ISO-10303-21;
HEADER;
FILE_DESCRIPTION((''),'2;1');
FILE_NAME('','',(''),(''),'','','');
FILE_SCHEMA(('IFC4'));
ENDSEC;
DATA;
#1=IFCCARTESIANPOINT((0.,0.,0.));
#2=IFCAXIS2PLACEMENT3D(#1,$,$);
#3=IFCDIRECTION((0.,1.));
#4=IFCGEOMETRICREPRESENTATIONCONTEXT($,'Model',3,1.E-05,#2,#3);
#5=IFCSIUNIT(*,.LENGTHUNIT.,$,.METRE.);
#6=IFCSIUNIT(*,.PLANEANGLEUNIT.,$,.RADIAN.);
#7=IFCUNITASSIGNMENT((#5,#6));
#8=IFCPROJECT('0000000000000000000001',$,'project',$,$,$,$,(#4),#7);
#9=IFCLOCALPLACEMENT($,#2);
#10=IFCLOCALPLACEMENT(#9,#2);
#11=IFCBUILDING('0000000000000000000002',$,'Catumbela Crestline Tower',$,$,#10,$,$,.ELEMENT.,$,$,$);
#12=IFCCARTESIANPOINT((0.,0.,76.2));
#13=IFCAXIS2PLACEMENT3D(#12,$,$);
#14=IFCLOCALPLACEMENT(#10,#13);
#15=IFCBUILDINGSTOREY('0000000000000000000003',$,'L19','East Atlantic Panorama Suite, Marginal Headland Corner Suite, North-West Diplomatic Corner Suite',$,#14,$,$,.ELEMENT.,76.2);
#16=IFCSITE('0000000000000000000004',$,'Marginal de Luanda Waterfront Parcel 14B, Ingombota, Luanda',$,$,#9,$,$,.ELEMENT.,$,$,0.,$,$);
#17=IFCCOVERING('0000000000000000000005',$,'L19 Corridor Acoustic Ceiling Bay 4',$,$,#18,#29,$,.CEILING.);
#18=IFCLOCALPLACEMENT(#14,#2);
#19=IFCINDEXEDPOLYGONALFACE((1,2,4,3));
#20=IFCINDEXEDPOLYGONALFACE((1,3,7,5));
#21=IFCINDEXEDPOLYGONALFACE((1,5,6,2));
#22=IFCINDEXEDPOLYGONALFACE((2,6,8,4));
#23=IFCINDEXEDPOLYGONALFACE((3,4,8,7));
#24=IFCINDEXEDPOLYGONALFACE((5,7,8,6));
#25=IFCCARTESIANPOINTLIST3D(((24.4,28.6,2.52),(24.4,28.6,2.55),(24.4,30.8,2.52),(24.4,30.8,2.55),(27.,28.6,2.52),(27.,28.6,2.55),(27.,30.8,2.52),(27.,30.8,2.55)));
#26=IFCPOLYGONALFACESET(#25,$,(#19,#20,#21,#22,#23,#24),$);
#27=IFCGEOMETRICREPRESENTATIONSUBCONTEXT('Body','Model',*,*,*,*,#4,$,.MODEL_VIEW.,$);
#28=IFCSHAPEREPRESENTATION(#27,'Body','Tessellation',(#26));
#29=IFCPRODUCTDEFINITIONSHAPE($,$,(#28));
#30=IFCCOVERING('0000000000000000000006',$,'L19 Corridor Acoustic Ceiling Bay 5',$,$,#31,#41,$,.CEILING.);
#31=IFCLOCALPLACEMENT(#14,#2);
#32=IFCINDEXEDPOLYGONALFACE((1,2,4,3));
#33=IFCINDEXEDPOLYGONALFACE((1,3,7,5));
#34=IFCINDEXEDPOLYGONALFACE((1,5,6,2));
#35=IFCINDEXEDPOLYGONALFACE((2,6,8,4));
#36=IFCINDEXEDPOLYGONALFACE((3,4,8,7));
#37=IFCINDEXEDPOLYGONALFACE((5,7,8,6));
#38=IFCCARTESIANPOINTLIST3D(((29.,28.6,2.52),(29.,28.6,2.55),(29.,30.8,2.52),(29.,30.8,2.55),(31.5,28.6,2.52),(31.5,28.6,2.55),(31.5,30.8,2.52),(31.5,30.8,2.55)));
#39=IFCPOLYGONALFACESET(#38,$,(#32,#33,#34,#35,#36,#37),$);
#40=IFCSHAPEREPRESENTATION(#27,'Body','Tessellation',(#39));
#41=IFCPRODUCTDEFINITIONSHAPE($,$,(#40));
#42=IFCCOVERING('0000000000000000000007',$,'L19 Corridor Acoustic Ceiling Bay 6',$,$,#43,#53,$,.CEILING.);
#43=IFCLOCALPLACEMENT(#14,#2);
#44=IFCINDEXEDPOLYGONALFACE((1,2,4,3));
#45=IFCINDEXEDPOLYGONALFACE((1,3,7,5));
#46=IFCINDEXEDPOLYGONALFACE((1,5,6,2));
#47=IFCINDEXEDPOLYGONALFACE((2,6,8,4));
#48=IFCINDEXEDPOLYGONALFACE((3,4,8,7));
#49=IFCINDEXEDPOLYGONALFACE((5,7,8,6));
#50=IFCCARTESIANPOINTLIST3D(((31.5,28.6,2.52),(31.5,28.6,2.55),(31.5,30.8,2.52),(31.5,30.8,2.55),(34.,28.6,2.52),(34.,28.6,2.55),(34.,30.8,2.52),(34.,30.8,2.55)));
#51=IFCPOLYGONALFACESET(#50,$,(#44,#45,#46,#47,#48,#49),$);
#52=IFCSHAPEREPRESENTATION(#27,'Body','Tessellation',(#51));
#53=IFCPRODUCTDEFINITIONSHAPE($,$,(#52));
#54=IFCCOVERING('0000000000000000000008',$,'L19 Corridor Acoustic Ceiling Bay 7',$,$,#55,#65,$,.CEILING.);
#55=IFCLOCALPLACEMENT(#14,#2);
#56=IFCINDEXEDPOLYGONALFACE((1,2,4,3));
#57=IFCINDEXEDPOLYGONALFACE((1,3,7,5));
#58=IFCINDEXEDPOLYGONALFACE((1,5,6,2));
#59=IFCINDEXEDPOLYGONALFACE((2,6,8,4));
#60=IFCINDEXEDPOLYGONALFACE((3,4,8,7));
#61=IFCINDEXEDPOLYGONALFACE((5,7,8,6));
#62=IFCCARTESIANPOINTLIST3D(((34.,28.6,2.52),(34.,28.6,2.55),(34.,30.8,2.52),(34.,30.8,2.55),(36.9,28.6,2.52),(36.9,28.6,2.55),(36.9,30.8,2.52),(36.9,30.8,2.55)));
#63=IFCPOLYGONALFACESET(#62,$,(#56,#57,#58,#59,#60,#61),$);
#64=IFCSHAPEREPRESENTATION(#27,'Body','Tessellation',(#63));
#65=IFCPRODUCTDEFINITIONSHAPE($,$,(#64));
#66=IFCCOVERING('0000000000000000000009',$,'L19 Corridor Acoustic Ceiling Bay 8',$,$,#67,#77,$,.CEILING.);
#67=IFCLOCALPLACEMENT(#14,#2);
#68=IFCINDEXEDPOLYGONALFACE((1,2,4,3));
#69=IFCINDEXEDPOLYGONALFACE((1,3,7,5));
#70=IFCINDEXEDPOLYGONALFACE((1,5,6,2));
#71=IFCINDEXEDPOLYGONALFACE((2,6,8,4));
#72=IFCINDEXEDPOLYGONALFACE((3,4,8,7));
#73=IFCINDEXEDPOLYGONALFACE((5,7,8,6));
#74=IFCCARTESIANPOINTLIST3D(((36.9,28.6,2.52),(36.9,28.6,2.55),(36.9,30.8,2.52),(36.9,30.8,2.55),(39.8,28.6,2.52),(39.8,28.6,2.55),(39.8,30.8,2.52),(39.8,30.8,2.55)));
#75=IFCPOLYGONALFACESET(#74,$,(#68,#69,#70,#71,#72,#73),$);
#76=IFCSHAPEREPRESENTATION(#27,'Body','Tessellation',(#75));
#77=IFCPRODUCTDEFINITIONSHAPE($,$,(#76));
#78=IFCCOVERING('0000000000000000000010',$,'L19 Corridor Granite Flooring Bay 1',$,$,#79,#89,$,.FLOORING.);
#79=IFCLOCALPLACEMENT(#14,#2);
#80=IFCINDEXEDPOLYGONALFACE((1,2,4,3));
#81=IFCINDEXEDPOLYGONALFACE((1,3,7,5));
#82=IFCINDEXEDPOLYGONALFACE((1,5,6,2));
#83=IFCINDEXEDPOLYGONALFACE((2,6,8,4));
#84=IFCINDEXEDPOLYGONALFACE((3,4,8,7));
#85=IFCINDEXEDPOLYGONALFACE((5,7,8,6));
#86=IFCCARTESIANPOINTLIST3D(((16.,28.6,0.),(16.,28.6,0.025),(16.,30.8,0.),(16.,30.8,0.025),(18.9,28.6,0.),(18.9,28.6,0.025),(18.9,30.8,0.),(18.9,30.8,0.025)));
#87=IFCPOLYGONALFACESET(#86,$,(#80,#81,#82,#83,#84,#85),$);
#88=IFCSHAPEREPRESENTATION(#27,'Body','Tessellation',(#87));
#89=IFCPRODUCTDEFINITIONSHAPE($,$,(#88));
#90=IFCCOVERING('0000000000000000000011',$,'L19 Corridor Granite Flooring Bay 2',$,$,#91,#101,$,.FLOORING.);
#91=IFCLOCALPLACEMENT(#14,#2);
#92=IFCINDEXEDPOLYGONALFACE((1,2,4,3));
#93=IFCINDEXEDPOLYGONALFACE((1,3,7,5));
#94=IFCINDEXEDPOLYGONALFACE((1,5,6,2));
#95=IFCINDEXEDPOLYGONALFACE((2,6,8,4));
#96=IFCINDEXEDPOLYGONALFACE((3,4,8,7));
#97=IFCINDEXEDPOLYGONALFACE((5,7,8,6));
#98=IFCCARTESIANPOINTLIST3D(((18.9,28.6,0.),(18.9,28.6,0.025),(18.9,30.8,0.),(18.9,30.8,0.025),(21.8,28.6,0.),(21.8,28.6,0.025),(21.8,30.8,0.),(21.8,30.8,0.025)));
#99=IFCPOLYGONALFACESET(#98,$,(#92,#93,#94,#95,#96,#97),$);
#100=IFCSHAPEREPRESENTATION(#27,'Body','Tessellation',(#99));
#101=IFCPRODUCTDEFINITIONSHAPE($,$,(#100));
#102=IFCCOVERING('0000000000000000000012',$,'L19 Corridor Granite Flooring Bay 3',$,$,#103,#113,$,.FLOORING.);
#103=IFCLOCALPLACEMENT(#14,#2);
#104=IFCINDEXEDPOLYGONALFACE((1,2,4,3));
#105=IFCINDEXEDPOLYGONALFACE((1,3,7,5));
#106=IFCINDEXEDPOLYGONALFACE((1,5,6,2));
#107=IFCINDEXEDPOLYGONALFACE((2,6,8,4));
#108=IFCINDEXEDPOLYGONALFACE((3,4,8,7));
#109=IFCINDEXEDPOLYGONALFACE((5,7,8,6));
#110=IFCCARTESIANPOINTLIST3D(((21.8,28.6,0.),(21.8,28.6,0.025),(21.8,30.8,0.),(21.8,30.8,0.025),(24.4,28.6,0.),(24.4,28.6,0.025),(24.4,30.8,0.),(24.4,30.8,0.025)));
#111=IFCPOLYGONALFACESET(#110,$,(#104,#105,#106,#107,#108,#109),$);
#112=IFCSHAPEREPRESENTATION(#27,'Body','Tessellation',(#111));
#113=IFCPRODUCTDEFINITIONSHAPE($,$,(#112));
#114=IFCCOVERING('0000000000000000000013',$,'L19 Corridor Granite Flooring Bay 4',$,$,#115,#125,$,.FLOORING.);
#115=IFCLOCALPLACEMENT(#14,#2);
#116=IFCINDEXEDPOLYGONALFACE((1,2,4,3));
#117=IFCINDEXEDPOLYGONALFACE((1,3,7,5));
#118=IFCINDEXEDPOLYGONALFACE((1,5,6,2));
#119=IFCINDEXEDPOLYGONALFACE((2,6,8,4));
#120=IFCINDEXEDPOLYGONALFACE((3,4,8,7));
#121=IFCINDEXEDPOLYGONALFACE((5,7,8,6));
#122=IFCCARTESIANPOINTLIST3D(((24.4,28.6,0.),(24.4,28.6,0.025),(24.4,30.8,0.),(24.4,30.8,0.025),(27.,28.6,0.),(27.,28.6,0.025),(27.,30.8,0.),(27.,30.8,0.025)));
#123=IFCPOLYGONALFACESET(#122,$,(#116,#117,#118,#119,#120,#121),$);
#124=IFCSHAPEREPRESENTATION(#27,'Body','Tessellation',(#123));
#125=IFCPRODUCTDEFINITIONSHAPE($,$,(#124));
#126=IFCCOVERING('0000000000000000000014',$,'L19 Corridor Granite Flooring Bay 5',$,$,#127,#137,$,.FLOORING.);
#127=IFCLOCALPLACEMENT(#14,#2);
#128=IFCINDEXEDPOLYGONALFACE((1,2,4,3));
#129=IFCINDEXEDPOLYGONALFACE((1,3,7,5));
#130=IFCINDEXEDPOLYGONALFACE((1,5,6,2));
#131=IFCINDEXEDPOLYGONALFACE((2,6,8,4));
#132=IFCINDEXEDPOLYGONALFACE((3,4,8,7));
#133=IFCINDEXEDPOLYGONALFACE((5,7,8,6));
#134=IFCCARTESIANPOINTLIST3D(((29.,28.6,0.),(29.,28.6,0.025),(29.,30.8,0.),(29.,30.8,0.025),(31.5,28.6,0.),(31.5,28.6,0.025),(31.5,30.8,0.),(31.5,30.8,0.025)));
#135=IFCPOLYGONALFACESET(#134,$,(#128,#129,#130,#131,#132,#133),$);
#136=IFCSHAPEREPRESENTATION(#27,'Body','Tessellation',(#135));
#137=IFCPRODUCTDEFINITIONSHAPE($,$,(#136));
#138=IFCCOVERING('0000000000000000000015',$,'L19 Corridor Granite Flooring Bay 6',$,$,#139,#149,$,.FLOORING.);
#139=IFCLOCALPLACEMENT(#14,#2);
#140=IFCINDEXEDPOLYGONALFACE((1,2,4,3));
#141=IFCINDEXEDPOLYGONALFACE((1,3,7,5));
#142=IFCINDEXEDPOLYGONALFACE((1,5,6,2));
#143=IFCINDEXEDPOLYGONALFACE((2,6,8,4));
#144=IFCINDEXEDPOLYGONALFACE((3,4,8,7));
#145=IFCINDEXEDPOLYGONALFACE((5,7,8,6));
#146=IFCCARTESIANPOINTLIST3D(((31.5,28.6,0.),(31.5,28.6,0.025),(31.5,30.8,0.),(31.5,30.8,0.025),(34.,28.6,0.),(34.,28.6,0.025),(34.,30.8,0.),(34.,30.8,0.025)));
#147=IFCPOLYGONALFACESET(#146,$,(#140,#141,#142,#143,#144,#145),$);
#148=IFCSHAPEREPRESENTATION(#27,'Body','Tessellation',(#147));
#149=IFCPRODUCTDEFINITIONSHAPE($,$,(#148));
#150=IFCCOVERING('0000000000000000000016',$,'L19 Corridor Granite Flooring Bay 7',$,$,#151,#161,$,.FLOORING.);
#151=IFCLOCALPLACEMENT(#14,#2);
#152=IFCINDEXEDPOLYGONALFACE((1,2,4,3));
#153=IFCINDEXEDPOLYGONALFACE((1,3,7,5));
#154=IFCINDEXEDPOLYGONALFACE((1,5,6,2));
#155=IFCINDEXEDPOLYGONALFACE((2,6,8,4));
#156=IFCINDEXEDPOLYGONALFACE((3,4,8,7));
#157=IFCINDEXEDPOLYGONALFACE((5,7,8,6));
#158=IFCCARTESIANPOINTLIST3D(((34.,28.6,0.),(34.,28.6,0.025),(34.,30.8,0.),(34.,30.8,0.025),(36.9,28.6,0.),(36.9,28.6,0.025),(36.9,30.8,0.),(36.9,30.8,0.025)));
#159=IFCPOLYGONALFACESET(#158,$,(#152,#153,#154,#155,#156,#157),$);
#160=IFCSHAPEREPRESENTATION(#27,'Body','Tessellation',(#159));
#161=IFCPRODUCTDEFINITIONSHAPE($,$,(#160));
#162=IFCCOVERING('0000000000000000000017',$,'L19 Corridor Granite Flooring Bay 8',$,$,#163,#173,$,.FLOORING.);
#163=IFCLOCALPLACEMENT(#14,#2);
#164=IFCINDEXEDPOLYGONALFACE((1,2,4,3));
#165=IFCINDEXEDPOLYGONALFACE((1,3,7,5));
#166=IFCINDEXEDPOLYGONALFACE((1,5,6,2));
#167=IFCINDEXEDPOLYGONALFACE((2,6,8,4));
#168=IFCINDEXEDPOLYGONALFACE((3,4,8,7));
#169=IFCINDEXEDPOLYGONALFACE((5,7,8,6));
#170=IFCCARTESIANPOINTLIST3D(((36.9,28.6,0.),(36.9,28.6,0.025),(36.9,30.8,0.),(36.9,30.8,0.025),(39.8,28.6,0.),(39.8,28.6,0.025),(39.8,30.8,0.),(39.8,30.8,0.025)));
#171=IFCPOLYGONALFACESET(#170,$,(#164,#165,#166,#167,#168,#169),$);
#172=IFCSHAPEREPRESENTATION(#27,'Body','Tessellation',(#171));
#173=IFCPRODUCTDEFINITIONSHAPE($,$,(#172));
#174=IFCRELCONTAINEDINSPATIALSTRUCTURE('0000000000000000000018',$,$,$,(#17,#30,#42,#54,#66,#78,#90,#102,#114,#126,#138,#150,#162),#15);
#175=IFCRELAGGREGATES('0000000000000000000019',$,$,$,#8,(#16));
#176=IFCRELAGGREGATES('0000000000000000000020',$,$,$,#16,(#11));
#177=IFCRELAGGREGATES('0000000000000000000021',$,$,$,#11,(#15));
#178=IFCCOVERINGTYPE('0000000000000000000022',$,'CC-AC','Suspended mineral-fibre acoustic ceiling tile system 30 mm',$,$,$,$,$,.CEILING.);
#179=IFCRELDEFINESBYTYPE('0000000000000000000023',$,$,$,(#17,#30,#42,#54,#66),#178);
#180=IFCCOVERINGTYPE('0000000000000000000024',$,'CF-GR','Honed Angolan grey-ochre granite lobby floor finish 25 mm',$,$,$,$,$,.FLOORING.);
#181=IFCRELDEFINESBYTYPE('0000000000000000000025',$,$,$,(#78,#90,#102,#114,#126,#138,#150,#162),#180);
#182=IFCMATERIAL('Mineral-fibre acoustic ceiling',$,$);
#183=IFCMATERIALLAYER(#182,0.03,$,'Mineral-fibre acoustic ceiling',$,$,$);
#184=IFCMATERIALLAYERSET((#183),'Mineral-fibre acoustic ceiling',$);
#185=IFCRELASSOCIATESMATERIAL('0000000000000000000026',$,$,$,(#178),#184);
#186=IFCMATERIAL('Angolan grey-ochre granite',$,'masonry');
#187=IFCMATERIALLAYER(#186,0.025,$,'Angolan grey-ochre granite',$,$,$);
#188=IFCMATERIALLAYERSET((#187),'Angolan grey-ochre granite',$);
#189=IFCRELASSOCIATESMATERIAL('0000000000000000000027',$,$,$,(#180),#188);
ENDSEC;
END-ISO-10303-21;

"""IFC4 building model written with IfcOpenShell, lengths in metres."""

from ifc_helpers import new_model, si_unit, direction, frame, origin, place, context, subcontext, project, spatial, polyline, outline, extrude, material, layer, layer_set, type_object, element, save


model = new_model("IFC4")

# Units and contexts
model_context = context("Model", 3, precision=1e-05, world=origin(), true_north=direction((0.0, 1.0)))
body_context = subcontext(model_context, "Body", "Model", "MODEL_VIEW")
ifc_project = project(units=[si_unit("LENGTHUNIT", "METRE"), si_unit("PLANEANGLEUNIT", "RADIAN")], contexts=[model_context])

# Site, building, storey
site_placement = place(None, origin())
site = spatial("IfcSite", under=ifc_project, at=site_placement, Name="Marginal de Luanda Waterfront Parcel 14B, Ingombota, Luanda", CompositionType="ELEMENT", RefElevation=0.0)
building_placement = place(site_placement, origin())
building = spatial("IfcBuilding", under=site, at=building_placement, Name="Catumbela Crestline Tower", CompositionType="ELEMENT")
storey_placement = place(building_placement, frame((0.0, 0.0, 76.2)))
storey = spatial("IfcBuildingStorey", under=building, at=storey_placement, Name="L19", Description="East Atlantic Panorama Suite, Marginal Headland Corner Suite, North-West Diplomatic Corner Suite", CompositionType="ELEMENT", Elevation=76.2)

# Shared definitions
ifc_material_1 = material(Name="Angolan grey-ochre granite", Category="masonry")

# Coverings
ifc_material_2 = material(Name="Mineral-fibre acoustic ceiling")
ifc_layer_1 = layer(ifc_material_2, 0.03, Name="Mineral-fibre acoustic ceiling")
ifc_layer_set_1 = layer_set([ifc_layer_1], Name="Mineral-fibre acoustic ceiling")
covering_type_1 = type_object("IfcCoveringType", Name="CC-AC", Description="Suspended mineral-fibre acoustic ceiling tile system 30 mm", PredefinedType="CEILING", material=ifc_layer_set_1)
covering_1_placement = place(storey_placement, frame((0.0, 0.0, 2.52)))
element("IfcCovering", 1, at=covering_1_placement, inside=storey, type_object=covering_type_1, Name="L19 Corridor Acoustic Ceiling Bay 4", PredefinedType="CEILING", context=body_context, shape_type="SweptSolid", body=[
    extrude(outline(polyline([(24.4, 28.6), (27.0, 28.6), (27.0, 30.8), (24.4, 30.8), (24.4, 28.6)])), origin(), (0.0, 0.0, 1.0), 0.03),
])
covering_2_placement = place(storey_placement, frame((0.0, 0.0, 2.52)))
element("IfcCovering", 2, at=covering_2_placement, inside=storey, type_object=covering_type_1, Name="L19 Corridor Acoustic Ceiling Bay 5", PredefinedType="CEILING", context=body_context, shape_type="SweptSolid", body=[
    extrude(outline(polyline([(29.0, 28.6), (31.5, 28.6), (31.5, 30.8), (29.0, 30.8), (29.0, 28.6)])), origin(), (0.0, 0.0, 1.0), 0.03),
])
covering_3_placement = place(storey_placement, frame((0.0, 0.0, 2.52)))
element("IfcCovering", 3, at=covering_3_placement, inside=storey, type_object=covering_type_1, Name="L19 Corridor Acoustic Ceiling Bay 6", PredefinedType="CEILING", context=body_context, shape_type="SweptSolid", body=[
    extrude(outline(polyline([(31.5, 28.6), (34.0, 28.6), (34.0, 30.8), (31.5, 30.8), (31.5, 28.6)])), origin(), (0.0, 0.0, 1.0), 0.03),
])
covering_4_placement = place(storey_placement, frame((0.0, 0.0, 2.52)))
element("IfcCovering", 4, at=covering_4_placement, inside=storey, type_object=covering_type_1, Name="L19 Corridor Acoustic Ceiling Bay 7", PredefinedType="CEILING", context=body_context, shape_type="SweptSolid", body=[
    extrude(outline(polyline([(34.0, 28.6), (36.9, 28.6), (36.9, 30.8), (34.0, 30.8), (34.0, 28.6)])), origin(), (0.0, 0.0, 1.0), 0.03),
])
covering_5_placement = place(storey_placement, frame((0.0, 0.0, 2.52)))
element("IfcCovering", 5, at=covering_5_placement, inside=storey, type_object=covering_type_1, Name="L19 Corridor Acoustic Ceiling Bay 8", PredefinedType="CEILING", context=body_context, shape_type="SweptSolid", body=[
    extrude(outline(polyline([(36.9, 28.6), (39.8, 28.6), (39.8, 30.8), (36.9, 30.8), (36.9, 28.6)])), origin(), (0.0, 0.0, 1.0), 0.03),
])
ifc_layer_2 = layer(ifc_material_1, 0.025, Name="Angolan grey-ochre granite")
ifc_layer_set_2 = layer_set([ifc_layer_2], Name="Angolan grey-ochre granite")
covering_type_2 = type_object("IfcCoveringType", Name="CF-GR", Description="Honed Angolan grey-ochre granite lobby floor finish 25 mm", PredefinedType="FLOORING", material=ifc_layer_set_2)
covering_6_placement = place(storey_placement, origin())
element("IfcCovering", 6, at=covering_6_placement, inside=storey, type_object=covering_type_2, Name="L19 Corridor Granite Flooring Bay 1", PredefinedType="FLOORING", context=body_context, shape_type="SweptSolid", body=[
    extrude(outline(polyline([(16.0, 28.6), (18.9, 28.6), (18.9, 30.8), (16.0, 30.8), (16.0, 28.6)])), origin(), (0.0, 0.0, 1.0), 0.025),
])
covering_7_placement = place(storey_placement, origin())
element("IfcCovering", 7, at=covering_7_placement, inside=storey, type_object=covering_type_2, Name="L19 Corridor Granite Flooring Bay 2", PredefinedType="FLOORING", context=body_context, shape_type="SweptSolid", body=[
    extrude(outline(polyline([(18.9, 28.6), (21.8, 28.6), (21.8, 30.8), (18.9, 30.8), (18.9, 28.6)])), origin(), (0.0, 0.0, 1.0), 0.025),
])
covering_8_placement = place(storey_placement, origin())
element("IfcCovering", 8, at=covering_8_placement, inside=storey, type_object=covering_type_2, Name="L19 Corridor Granite Flooring Bay 3", PredefinedType="FLOORING", context=body_context, shape_type="SweptSolid", body=[
    extrude(outline(polyline([(21.8, 28.6), (24.4, 28.6), (24.4, 30.8), (21.8, 30.8), (21.8, 28.6)])), origin(), (0.0, 0.0, 1.0), 0.025),
])
covering_9_placement = place(storey_placement, origin())
element("IfcCovering", 9, at=covering_9_placement, inside=storey, type_object=covering_type_2, Name="L19 Corridor Granite Flooring Bay 4", PredefinedType="FLOORING", context=body_context, shape_type="SweptSolid", body=[
    extrude(outline(polyline([(24.4, 28.6), (27.0, 28.6), (27.0, 30.8), (24.4, 30.8), (24.4, 28.6)])), origin(), (0.0, 0.0, 1.0), 0.025),
])
covering_10_placement = place(storey_placement, origin())
element("IfcCovering", 10, at=covering_10_placement, inside=storey, type_object=covering_type_2, Name="L19 Corridor Granite Flooring Bay 5", PredefinedType="FLOORING", context=body_context, shape_type="SweptSolid", body=[
    extrude(outline(polyline([(29.0, 28.6), (31.5, 28.6), (31.5, 30.8), (29.0, 30.8), (29.0, 28.6)])), origin(), (0.0, 0.0, 1.0), 0.025),
])
covering_11_placement = place(storey_placement, origin())
element("IfcCovering", 11, at=covering_11_placement, inside=storey, type_object=covering_type_2, Name="L19 Corridor Granite Flooring Bay 6", PredefinedType="FLOORING", context=body_context, shape_type="SweptSolid", body=[
    extrude(outline(polyline([(31.5, 28.6), (34.0, 28.6), (34.0, 30.8), (31.5, 30.8), (31.5, 28.6)])), origin(), (0.0, 0.0, 1.0), 0.025),
])
covering_12_placement = place(storey_placement, origin())
element("IfcCovering", 12, at=covering_12_placement, inside=storey, type_object=covering_type_2, Name="L19 Corridor Granite Flooring Bay 7", PredefinedType="FLOORING", context=body_context, shape_type="SweptSolid", body=[
    extrude(outline(polyline([(34.0, 28.6), (36.9, 28.6), (36.9, 30.8), (34.0, 30.8), (34.0, 28.6)])), origin(), (0.0, 0.0, 1.0), 0.025),
])
covering_13_placement = place(storey_placement, origin())
element("IfcCovering", 13, at=covering_13_placement, inside=storey, type_object=covering_type_2, Name="L19 Corridor Granite Flooring Bay 8", PredefinedType="FLOORING", context=body_context, shape_type="SweptSolid", body=[
    extrude(outline(polyline([(36.9, 28.6), (39.8, 28.6), (39.8, 30.8), (36.9, 30.8), (36.9, 28.6)])), origin(), (0.0, 0.0, 1.0), 0.025),
])

save(model, "model.ifc")
